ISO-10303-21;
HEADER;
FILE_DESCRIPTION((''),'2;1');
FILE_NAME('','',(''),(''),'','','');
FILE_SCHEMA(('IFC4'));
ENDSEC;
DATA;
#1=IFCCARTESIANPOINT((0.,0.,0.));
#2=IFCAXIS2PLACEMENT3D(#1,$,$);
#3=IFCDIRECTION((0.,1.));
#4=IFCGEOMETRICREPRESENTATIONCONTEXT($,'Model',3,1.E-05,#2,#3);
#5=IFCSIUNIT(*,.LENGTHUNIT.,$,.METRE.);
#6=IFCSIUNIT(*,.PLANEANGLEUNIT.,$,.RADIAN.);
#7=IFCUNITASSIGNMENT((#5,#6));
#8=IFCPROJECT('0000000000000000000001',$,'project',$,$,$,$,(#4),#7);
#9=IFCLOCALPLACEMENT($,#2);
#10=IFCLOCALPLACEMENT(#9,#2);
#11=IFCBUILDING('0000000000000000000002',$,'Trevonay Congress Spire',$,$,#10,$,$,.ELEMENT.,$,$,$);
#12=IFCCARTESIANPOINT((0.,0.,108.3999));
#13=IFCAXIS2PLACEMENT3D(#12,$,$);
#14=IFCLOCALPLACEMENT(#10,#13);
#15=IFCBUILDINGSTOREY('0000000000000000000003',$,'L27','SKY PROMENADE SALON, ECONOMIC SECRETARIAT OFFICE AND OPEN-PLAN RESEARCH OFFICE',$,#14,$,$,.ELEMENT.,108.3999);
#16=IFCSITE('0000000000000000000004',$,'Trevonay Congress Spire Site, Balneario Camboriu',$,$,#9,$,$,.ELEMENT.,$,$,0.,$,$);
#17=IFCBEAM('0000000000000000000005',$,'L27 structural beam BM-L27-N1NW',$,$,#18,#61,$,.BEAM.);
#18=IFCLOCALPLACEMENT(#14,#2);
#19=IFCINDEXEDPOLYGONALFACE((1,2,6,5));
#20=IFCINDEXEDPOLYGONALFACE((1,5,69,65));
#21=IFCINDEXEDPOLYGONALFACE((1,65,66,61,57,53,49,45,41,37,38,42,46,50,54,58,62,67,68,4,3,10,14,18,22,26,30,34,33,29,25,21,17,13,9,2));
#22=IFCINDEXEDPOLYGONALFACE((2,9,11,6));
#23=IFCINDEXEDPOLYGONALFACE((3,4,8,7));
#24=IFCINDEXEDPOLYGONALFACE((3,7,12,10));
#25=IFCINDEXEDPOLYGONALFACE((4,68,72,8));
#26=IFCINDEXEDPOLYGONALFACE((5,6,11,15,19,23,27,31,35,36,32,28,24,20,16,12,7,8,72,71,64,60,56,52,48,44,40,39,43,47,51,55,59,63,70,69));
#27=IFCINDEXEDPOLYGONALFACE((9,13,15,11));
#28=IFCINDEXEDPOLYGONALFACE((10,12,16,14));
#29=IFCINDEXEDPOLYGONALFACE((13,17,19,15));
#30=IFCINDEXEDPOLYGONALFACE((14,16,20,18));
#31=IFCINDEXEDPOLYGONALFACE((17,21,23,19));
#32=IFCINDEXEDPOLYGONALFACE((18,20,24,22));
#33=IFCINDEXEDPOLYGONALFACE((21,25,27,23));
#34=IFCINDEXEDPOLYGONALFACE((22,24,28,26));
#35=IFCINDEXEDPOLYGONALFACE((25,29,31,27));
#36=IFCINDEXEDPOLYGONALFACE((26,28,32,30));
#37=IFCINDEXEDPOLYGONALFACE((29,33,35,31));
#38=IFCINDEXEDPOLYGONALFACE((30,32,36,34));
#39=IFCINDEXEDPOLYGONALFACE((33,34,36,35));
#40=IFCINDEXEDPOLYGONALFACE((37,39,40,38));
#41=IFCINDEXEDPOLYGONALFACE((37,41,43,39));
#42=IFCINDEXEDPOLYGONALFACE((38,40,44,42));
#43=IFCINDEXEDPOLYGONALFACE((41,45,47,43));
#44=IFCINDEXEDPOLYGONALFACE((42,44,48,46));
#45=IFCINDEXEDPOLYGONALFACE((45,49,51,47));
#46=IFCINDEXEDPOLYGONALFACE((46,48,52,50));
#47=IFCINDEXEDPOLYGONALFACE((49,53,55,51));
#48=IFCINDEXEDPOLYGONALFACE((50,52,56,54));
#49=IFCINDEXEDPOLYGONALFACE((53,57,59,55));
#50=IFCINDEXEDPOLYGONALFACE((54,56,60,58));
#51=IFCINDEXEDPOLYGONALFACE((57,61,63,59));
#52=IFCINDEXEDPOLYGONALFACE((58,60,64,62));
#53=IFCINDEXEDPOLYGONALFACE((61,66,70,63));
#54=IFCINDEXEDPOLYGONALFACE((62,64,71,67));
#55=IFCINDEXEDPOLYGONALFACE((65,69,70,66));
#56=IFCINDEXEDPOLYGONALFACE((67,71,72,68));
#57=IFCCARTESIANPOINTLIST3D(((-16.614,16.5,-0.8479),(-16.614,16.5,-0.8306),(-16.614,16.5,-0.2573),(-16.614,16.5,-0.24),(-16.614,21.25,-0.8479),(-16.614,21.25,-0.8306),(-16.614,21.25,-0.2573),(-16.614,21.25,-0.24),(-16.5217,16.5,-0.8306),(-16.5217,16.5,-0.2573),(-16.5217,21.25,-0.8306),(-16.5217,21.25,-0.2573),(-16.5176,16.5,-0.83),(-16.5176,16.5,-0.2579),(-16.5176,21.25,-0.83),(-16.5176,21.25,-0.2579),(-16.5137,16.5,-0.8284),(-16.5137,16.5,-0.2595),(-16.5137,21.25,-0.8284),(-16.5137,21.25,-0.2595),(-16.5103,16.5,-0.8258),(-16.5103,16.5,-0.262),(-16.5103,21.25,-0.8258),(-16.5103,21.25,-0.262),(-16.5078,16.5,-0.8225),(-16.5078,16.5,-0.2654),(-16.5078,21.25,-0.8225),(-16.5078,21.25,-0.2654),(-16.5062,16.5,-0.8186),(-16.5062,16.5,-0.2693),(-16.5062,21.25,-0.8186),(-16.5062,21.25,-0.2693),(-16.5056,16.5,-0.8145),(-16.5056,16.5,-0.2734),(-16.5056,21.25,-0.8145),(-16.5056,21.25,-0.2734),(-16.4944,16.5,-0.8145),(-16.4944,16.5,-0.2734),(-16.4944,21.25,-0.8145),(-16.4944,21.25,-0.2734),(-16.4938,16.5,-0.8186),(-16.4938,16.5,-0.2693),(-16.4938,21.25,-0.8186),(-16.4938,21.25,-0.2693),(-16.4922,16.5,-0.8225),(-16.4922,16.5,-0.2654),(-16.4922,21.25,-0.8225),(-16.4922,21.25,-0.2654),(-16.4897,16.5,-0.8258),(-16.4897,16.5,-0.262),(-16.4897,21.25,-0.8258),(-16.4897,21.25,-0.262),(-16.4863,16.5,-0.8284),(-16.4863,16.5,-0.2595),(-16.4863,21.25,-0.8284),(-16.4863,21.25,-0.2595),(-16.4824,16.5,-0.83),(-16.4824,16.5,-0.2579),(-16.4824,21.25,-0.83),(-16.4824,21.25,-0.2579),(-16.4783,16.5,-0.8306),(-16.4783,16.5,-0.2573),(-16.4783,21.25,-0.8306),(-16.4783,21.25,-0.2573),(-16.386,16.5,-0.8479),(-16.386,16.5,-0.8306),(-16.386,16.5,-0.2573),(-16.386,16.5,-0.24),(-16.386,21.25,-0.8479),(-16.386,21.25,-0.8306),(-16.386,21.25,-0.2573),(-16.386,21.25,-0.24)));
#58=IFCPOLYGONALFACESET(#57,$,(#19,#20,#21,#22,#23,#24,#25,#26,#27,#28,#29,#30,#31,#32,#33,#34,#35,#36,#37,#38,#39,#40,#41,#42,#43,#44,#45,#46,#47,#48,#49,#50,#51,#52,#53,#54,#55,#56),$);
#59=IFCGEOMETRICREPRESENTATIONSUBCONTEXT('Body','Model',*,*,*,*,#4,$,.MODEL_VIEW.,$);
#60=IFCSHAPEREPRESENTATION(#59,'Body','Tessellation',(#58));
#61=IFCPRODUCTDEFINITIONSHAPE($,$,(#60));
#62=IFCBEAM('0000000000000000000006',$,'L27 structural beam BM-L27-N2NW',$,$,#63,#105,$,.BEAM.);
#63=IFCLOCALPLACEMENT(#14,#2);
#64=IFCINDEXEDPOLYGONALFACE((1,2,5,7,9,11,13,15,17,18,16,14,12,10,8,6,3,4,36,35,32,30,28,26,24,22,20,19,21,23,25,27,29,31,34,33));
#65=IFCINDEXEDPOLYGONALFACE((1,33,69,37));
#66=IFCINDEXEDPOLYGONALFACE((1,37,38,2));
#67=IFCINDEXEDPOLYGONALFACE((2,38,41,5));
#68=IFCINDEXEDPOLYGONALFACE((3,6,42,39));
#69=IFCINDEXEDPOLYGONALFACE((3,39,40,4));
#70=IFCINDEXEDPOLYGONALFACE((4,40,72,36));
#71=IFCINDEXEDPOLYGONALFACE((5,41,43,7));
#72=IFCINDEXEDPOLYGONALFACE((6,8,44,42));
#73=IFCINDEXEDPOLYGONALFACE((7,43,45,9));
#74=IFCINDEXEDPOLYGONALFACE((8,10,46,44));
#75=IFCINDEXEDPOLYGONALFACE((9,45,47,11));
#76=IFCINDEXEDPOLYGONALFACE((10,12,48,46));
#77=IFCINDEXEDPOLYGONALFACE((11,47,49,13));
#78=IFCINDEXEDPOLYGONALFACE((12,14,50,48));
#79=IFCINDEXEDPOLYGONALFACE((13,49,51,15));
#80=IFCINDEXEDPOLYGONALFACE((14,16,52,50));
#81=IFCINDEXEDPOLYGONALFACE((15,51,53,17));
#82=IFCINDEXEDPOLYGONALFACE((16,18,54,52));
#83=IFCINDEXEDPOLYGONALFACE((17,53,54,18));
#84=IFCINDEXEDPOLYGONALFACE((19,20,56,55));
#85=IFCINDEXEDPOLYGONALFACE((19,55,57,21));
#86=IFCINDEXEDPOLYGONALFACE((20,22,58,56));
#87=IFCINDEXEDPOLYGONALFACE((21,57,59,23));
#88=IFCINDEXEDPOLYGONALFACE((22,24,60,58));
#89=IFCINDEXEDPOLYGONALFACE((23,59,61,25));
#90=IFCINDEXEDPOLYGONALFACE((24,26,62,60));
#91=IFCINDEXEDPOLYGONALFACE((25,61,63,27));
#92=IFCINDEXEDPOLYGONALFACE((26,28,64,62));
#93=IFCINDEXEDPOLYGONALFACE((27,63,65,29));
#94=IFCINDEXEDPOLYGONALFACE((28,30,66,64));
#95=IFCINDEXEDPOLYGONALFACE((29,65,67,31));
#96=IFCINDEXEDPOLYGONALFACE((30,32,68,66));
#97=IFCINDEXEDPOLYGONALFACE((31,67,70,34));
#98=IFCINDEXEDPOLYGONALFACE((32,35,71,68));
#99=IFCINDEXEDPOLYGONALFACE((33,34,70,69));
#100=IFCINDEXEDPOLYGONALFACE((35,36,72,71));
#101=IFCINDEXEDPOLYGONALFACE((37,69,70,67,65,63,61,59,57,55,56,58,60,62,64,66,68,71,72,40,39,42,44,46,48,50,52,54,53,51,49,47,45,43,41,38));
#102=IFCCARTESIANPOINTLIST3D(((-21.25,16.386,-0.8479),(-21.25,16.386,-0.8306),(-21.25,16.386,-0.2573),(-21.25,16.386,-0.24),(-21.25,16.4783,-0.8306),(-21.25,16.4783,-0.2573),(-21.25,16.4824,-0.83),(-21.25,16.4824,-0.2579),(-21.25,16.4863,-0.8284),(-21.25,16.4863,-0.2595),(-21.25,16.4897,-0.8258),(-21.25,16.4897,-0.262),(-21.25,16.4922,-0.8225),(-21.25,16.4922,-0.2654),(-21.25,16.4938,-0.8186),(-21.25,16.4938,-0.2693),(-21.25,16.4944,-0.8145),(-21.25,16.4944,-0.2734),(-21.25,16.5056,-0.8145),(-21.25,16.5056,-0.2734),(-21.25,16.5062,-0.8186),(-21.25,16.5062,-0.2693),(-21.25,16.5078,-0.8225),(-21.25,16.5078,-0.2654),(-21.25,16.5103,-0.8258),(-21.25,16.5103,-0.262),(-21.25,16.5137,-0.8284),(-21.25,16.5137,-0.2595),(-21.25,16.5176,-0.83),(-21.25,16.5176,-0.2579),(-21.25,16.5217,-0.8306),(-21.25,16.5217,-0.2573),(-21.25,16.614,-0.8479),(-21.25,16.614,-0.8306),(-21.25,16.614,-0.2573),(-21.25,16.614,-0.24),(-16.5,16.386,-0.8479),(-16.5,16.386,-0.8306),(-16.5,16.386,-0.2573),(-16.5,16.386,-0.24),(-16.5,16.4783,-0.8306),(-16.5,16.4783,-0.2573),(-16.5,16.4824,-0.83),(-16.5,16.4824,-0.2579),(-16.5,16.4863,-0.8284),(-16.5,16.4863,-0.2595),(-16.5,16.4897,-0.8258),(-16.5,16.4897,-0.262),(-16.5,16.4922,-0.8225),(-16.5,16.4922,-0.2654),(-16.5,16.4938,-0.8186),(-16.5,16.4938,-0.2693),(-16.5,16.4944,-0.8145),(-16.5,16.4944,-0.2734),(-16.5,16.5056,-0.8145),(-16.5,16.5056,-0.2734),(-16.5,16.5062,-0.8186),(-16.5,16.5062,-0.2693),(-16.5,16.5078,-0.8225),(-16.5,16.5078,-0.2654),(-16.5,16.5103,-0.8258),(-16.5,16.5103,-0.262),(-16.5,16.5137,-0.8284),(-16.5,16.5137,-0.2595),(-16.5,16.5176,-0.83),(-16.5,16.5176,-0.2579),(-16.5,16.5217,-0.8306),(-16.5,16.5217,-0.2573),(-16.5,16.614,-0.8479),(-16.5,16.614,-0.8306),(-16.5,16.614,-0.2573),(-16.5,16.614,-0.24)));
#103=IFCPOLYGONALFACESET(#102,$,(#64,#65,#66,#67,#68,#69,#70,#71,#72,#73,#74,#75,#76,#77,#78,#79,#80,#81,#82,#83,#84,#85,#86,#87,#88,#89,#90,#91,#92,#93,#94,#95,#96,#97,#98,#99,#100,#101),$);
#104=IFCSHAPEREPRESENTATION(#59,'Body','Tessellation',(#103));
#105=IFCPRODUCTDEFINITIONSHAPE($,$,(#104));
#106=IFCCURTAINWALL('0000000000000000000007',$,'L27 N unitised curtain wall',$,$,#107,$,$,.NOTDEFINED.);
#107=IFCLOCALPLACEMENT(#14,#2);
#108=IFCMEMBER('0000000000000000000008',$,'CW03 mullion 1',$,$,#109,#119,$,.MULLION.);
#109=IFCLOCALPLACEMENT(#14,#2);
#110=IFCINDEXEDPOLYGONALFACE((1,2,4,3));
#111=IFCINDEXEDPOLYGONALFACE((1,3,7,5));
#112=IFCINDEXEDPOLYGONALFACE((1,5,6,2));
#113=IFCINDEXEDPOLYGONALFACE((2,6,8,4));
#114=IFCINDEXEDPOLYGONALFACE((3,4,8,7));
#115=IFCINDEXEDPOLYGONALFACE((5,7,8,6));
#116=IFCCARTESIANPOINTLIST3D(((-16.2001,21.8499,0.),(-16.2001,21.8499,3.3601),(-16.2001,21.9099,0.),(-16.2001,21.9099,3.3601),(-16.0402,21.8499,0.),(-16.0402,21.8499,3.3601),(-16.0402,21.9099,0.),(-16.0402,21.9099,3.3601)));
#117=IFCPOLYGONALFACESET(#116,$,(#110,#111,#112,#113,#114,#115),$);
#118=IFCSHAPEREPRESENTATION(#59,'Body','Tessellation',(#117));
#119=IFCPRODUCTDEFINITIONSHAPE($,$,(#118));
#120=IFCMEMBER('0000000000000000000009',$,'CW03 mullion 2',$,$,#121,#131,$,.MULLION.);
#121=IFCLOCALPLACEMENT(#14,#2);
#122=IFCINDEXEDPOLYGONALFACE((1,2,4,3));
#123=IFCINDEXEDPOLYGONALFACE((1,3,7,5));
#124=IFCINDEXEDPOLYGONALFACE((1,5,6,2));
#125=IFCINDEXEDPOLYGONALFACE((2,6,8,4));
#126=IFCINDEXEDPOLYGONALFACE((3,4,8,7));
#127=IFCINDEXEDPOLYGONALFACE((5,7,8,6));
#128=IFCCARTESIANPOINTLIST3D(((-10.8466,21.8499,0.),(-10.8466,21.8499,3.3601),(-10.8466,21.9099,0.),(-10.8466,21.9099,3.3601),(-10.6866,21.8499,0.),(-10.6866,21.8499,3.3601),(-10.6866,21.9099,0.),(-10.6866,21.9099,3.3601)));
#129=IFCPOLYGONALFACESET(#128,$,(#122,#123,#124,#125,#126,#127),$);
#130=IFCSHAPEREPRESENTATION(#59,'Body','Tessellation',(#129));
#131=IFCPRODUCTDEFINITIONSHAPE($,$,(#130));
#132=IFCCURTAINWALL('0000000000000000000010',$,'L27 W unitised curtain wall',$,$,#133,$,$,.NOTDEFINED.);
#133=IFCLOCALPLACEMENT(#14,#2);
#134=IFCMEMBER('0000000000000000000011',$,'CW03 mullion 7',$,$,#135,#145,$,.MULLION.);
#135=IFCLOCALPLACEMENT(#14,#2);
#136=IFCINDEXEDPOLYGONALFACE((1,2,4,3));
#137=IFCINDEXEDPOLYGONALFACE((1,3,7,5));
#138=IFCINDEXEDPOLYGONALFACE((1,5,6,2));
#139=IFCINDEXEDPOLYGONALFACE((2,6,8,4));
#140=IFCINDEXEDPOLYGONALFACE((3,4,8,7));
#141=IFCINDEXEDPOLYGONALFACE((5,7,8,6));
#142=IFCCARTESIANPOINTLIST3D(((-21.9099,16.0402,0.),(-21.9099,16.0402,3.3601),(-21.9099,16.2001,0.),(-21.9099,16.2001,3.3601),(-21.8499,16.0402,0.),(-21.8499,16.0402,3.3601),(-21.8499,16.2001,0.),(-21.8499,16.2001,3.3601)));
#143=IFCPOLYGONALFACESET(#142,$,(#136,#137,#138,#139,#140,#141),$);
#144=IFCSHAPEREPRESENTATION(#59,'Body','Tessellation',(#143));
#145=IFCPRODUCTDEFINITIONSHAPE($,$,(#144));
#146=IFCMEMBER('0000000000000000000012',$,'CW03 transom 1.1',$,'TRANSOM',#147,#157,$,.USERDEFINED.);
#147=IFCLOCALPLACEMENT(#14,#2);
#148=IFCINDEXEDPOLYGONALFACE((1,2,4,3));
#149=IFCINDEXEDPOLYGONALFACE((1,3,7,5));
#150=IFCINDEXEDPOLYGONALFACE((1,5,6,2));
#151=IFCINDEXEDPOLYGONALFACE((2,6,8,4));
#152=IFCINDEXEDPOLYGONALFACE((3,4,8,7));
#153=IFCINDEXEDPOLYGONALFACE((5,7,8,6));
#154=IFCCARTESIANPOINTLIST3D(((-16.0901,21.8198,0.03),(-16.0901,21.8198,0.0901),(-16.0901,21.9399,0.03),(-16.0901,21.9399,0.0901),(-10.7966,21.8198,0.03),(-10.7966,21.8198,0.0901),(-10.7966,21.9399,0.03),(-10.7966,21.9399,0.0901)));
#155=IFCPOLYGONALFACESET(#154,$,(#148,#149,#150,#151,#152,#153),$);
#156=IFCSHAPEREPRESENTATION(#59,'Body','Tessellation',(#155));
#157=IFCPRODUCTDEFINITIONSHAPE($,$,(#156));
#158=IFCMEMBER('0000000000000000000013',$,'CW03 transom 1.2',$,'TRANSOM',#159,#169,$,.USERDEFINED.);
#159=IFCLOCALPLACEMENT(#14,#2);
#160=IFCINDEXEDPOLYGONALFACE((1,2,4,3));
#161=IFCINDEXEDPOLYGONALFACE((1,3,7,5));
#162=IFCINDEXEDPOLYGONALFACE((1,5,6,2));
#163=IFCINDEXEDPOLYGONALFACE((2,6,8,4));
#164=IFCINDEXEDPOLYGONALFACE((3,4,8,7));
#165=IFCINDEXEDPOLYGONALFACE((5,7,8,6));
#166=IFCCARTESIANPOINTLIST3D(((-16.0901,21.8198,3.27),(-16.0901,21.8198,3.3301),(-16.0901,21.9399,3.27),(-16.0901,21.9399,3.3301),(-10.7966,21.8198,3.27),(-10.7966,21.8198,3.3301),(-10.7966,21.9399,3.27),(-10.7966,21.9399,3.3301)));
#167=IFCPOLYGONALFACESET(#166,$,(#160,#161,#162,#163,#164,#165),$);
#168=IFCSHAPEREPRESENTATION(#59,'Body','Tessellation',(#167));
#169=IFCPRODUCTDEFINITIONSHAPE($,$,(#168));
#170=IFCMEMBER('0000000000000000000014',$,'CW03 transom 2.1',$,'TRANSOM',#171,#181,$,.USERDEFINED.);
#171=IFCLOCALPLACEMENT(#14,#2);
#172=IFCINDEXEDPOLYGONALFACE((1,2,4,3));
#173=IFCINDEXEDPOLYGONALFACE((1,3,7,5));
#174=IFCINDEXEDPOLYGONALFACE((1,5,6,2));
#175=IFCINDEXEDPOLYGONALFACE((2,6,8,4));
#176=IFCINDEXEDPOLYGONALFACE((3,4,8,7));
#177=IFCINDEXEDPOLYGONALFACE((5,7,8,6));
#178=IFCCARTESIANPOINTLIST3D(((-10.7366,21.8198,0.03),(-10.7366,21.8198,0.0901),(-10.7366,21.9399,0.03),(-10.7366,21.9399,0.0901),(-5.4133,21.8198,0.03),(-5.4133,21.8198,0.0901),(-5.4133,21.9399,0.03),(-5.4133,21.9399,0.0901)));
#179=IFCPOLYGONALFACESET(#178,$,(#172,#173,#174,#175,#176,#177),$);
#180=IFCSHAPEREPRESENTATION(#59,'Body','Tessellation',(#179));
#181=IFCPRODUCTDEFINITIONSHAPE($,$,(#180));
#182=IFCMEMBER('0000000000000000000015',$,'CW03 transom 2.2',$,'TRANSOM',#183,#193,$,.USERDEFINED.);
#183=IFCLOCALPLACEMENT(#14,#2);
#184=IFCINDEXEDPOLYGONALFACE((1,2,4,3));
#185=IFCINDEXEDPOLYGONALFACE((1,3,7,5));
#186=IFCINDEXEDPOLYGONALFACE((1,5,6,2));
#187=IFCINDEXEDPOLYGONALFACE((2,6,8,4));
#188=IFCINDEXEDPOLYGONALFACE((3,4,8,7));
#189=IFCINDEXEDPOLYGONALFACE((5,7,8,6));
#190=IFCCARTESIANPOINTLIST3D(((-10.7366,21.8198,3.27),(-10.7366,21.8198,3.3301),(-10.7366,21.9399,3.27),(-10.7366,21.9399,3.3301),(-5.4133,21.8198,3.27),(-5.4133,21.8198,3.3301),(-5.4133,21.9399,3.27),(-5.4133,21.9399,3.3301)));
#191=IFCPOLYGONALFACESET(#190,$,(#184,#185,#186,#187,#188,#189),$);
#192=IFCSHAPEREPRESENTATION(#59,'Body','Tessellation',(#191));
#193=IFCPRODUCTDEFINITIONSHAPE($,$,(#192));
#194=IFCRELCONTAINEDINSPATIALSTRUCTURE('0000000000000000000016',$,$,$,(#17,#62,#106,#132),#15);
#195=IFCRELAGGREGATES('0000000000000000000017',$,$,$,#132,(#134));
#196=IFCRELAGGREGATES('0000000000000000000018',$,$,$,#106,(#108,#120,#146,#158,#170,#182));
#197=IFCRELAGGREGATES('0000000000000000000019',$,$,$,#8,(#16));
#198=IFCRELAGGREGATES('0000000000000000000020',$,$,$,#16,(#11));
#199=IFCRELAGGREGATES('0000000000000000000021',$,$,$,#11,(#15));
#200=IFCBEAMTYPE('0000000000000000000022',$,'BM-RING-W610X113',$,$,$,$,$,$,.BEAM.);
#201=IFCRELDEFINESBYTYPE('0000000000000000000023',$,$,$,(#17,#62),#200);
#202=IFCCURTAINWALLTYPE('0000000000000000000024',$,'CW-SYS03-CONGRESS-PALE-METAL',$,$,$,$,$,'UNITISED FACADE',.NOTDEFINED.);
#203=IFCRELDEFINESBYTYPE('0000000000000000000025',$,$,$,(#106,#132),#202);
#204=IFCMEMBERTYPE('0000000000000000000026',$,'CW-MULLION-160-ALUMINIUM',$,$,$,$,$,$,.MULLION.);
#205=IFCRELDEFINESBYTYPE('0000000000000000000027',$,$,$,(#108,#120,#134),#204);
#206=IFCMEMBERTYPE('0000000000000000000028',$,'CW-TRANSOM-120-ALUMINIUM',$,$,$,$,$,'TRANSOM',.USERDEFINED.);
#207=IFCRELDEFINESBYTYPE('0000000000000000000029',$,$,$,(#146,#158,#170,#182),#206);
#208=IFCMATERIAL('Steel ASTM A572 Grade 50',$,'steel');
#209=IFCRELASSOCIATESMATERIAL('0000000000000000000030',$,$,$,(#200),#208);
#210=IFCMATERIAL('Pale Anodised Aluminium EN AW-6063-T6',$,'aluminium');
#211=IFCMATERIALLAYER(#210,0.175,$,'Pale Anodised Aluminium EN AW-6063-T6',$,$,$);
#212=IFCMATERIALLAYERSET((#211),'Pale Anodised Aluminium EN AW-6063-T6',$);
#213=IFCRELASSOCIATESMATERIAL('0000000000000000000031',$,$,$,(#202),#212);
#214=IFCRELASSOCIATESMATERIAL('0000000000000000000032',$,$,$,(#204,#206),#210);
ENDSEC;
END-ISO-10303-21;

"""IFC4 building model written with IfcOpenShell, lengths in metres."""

from ifc_helpers import new_model, si_unit, direction, frame, origin, origin_2d, place, context, subcontext, project, spatial, rectangle, i_section, extrude, material, layer, layer_set, material_profile, profile_set, type_object, element, aggregate, save


model = new_model("IFC4")

# Units and contexts
model_context = context("Model", 3, precision=1e-05, world=origin(), true_north=direction((0.0, 1.0)))
body_context = subcontext(model_context, "Body", "Model", "MODEL_VIEW")
ifc_project = project(units=[si_unit("LENGTHUNIT", "METRE"), si_unit("PLANEANGLEUNIT", "RADIAN")], contexts=[model_context])

# Site, building, storey
site_placement = place(None, origin())
site = spatial("IfcSite", under=ifc_project, at=site_placement, Name="Trevonay Congress Spire Site, Balneario Camboriu", CompositionType="ELEMENT", RefElevation=0.0)
building_placement = place(site_placement, origin())
building = spatial("IfcBuilding", under=site, at=building_placement, Name="Trevonay Congress Spire", CompositionType="ELEMENT")
storey_placement = place(building_placement, frame((0.0, 0.0, 108.3999)))
storey = spatial("IfcBuildingStorey", under=building, at=storey_placement, Name="L27", Description="SKY PROMENADE SALON, ECONOMIC SECRETARIAT OFFICE AND OPEN-PLAN RESEARCH OFFICE", CompositionType="ELEMENT", Elevation=108.3999)

# Shared definitions
ifc_material_1 = material(Name="Steel ASTM A572 Grade 50", Category="steel")

# Beams
ifc_material_profile_1 = material_profile(ifc_material_1, i_section(OverallWidth=0.228, OverallDepth=0.6079, WebThickness=0.0112, FlangeThickness=0.0173, FilletRadius=0.0161, at=origin_2d()), Name="W610x113")
ifc_profile_set_1 = profile_set([ifc_material_profile_1], Name="Steel ASTM A572 Grade 50")
beam_type_1 = type_object("IfcBeamType", Name="BM-RING-W610X113", PredefinedType="BEAM", material=ifc_profile_set_1)
for number, where, z_axis, x_axis, name in (
    (1, (-16.5, 21.25, -0.5439), (0.0, -1.0, 0.0), (1.0, 0.0, 0.0), "L27 structural beam BM-L27-N1NW"),
    (2, (-21.25, 16.5, -0.5439), (1.0, 0.0, 0.0), (0.0, 1.0, 0.0), "L27 structural beam BM-L27-N2NW"),
):
    element("IfcBeam", number, at=place(storey_placement, frame(where, z_axis=z_axis, x_axis=x_axis)), inside=storey, type_object=beam_type_1, Name=name, PredefinedType="BEAM", context=body_context, shape_type="SweptSolid", body=[
        extrude(i_section(OverallWidth=0.228, OverallDepth=0.6079, WebThickness=0.0112, FlangeThickness=0.0173, FilletRadius=0.0161, at=origin_2d()), origin(), (0.0, 0.0, 1.0), 4.75),
    ])

# Curtain wall, members
ifc_material_2 = material(Name="Pale Anodised Aluminium EN AW-6063-T6", Category="aluminium")
ifc_layer_1 = layer(ifc_material_2, 0.175, Name="Pale Anodised Aluminium EN AW-6063-T6")
ifc_layer_set_1 = layer_set([ifc_layer_1], Name="Pale Anodised Aluminium EN AW-6063-T6")
curtain_wall_type = type_object("IfcCurtainWallType", Name="CW-SYS03-CONGRESS-PALE-METAL", ElementType="UNITISED FACADE", PredefinedType="NOTDEFINED", material=ifc_layer_set_1)
curtain_wall_1_placement = place(storey_placement, origin())
curtain_wall_1 = element("IfcCurtainWall", 3, at=curtain_wall_1_placement, inside=storey, type_object=curtain_wall_type, Name="L27 N unitised curtain wall", PredefinedType="NOTDEFINED")
ifc_material_profile_2 = material_profile(ifc_material_2, rectangle(XDim=0.0601, YDim=0.1599, at=origin_2d()), Name="CW-MULLION-160-ALUMINIUM")
ifc_profile_set_2 = profile_set([ifc_material_profile_2], Name="Pale Anodised Aluminium EN AW-6063-T6")
member_type_1 = type_object("IfcMemberType", Name="CW-MULLION-160-ALUMINIUM", PredefinedType="MULLION", material=ifc_profile_set_2)
member_1_placement = place(storey_placement, frame((-16.1201, 21.8799, 0.0), z_axis=(0.0, 0.0, 1.0), x_axis=(0.0, 1.0, 0.0)))
member_1 = element("IfcMember", 4, at=member_1_placement, type_object=member_type_1, Name="CW03 mullion 1", PredefinedType="MULLION", context=body_context, shape_type="SweptSolid", body=[
    extrude(rectangle(XDim=0.0601, YDim=0.1599, at=origin_2d()), origin(), (0.0, 0.0, 1.0), 3.3601),
])
member_2_placement = place(storey_placement, frame((-10.7666, 21.8799, 0.0), z_axis=(0.0, 0.0, 1.0), x_axis=(0.0, 1.0, 0.0)))
member_2 = element("IfcMember", 5, at=member_2_placement, type_object=member_type_1, Name="CW03 mullion 2", PredefinedType="MULLION", context=body_context, shape_type="SweptSolid", body=[
    extrude(rectangle(XDim=0.0601, YDim=0.1599, at=origin_2d()), origin(), (0.0, 0.0, 1.0), 3.3601),
])

# Curtain wall, member
curtain_wall_2_placement = place(storey_placement, origin())
curtain_wall_2 = element("IfcCurtainWall", 6, at=curtain_wall_2_placement, inside=storey, type_object=curtain_wall_type, Name="L27 W unitised curtain wall", PredefinedType="NOTDEFINED")
member_3_placement = place(storey_placement, frame((-21.8799, 16.1201, 0.0), z_axis=(0.0, 0.0, 1.0), x_axis=(-1.0, 0.0, 0.0)))
member_3 = element("IfcMember", 7, at=member_3_placement, type_object=member_type_1, Name="CW03 mullion 7", PredefinedType="MULLION", context=body_context, shape_type="SweptSolid", body=[
    extrude(rectangle(XDim=0.0601, YDim=0.1599, at=origin_2d()), origin(), (0.0, 0.0, 1.0), 3.3601),
])
aggregate(curtain_wall_2, [member_3])

# Members
ifc_material_profile_3 = material_profile(ifc_material_2, rectangle(XDim=0.1201, YDim=0.0601, at=origin_2d()), Name="CW-TRANSOM-120-ALUMINIUM")
ifc_profile_set_3 = profile_set([ifc_material_profile_3], Name="Pale Anodised Aluminium EN AW-6063-T6")
member_type_2 = type_object("IfcMemberType", Name="CW-TRANSOM-120-ALUMINIUM", ElementType="TRANSOM", PredefinedType="USERDEFINED", material=ifc_profile_set_3)
member_4_placement = place(storey_placement, frame((-16.0901, 21.8799, 0.0601), z_axis=(1.0, 0.0, 0.0), x_axis=(0.0, 1.0, 0.0)))
member_4 = element("IfcMember", 8, at=member_4_placement, type_object=member_type_2, Name="CW03 transom 1.1", ObjectType="TRANSOM", PredefinedType="USERDEFINED", context=body_context, shape_type="SweptSolid", body=[
    extrude(rectangle(XDim=0.1201, YDim=0.0601, at=origin_2d()), origin(), (0.0, 0.0, 1.0), 5.2935),
])
member_5_placement = place(storey_placement, frame((-16.0901, 21.8799, 3.3), z_axis=(1.0, 0.0, 0.0), x_axis=(0.0, 1.0, 0.0)))
member_5 = element("IfcMember", 9, at=member_5_placement, type_object=member_type_2, Name="CW03 transom 1.2", ObjectType="TRANSOM", PredefinedType="USERDEFINED", context=body_context, shape_type="SweptSolid", body=[
    extrude(rectangle(XDim=0.1201, YDim=0.0601, at=origin_2d()), origin(), (0.0, 0.0, 1.0), 5.2935),
])
member_6_placement = place(storey_placement, frame((-10.7366, 21.8799, 0.0601), z_axis=(1.0, 0.0, 0.0), x_axis=(0.0, 1.0, 0.0)))
member_6 = element("IfcMember", 10, at=member_6_placement, type_object=member_type_2, Name="CW03 transom 2.1", ObjectType="TRANSOM", PredefinedType="USERDEFINED", context=body_context, shape_type="SweptSolid", body=[
    extrude(rectangle(XDim=0.1201, YDim=0.0601, at=origin_2d()), origin(), (0.0, 0.0, 1.0), 5.3232),
])
member_7_placement = place(storey_placement, frame((-10.7366, 21.8799, 3.3), z_axis=(1.0, 0.0, 0.0), x_axis=(0.0, 1.0, 0.0)))
member_7 = element("IfcMember", 11, at=member_7_placement, type_object=member_type_2, Name="CW03 transom 2.2", ObjectType="TRANSOM", PredefinedType="USERDEFINED", context=body_context, shape_type="SweptSolid", body=[
    extrude(rectangle(XDim=0.1201, YDim=0.0601, at=origin_2d()), origin(), (0.0, 0.0, 1.0), 5.3232),
])

aggregate(curtain_wall_1, [member_1, member_2, member_4, member_5, member_6, member_7])

save(model, "model.ifc")
